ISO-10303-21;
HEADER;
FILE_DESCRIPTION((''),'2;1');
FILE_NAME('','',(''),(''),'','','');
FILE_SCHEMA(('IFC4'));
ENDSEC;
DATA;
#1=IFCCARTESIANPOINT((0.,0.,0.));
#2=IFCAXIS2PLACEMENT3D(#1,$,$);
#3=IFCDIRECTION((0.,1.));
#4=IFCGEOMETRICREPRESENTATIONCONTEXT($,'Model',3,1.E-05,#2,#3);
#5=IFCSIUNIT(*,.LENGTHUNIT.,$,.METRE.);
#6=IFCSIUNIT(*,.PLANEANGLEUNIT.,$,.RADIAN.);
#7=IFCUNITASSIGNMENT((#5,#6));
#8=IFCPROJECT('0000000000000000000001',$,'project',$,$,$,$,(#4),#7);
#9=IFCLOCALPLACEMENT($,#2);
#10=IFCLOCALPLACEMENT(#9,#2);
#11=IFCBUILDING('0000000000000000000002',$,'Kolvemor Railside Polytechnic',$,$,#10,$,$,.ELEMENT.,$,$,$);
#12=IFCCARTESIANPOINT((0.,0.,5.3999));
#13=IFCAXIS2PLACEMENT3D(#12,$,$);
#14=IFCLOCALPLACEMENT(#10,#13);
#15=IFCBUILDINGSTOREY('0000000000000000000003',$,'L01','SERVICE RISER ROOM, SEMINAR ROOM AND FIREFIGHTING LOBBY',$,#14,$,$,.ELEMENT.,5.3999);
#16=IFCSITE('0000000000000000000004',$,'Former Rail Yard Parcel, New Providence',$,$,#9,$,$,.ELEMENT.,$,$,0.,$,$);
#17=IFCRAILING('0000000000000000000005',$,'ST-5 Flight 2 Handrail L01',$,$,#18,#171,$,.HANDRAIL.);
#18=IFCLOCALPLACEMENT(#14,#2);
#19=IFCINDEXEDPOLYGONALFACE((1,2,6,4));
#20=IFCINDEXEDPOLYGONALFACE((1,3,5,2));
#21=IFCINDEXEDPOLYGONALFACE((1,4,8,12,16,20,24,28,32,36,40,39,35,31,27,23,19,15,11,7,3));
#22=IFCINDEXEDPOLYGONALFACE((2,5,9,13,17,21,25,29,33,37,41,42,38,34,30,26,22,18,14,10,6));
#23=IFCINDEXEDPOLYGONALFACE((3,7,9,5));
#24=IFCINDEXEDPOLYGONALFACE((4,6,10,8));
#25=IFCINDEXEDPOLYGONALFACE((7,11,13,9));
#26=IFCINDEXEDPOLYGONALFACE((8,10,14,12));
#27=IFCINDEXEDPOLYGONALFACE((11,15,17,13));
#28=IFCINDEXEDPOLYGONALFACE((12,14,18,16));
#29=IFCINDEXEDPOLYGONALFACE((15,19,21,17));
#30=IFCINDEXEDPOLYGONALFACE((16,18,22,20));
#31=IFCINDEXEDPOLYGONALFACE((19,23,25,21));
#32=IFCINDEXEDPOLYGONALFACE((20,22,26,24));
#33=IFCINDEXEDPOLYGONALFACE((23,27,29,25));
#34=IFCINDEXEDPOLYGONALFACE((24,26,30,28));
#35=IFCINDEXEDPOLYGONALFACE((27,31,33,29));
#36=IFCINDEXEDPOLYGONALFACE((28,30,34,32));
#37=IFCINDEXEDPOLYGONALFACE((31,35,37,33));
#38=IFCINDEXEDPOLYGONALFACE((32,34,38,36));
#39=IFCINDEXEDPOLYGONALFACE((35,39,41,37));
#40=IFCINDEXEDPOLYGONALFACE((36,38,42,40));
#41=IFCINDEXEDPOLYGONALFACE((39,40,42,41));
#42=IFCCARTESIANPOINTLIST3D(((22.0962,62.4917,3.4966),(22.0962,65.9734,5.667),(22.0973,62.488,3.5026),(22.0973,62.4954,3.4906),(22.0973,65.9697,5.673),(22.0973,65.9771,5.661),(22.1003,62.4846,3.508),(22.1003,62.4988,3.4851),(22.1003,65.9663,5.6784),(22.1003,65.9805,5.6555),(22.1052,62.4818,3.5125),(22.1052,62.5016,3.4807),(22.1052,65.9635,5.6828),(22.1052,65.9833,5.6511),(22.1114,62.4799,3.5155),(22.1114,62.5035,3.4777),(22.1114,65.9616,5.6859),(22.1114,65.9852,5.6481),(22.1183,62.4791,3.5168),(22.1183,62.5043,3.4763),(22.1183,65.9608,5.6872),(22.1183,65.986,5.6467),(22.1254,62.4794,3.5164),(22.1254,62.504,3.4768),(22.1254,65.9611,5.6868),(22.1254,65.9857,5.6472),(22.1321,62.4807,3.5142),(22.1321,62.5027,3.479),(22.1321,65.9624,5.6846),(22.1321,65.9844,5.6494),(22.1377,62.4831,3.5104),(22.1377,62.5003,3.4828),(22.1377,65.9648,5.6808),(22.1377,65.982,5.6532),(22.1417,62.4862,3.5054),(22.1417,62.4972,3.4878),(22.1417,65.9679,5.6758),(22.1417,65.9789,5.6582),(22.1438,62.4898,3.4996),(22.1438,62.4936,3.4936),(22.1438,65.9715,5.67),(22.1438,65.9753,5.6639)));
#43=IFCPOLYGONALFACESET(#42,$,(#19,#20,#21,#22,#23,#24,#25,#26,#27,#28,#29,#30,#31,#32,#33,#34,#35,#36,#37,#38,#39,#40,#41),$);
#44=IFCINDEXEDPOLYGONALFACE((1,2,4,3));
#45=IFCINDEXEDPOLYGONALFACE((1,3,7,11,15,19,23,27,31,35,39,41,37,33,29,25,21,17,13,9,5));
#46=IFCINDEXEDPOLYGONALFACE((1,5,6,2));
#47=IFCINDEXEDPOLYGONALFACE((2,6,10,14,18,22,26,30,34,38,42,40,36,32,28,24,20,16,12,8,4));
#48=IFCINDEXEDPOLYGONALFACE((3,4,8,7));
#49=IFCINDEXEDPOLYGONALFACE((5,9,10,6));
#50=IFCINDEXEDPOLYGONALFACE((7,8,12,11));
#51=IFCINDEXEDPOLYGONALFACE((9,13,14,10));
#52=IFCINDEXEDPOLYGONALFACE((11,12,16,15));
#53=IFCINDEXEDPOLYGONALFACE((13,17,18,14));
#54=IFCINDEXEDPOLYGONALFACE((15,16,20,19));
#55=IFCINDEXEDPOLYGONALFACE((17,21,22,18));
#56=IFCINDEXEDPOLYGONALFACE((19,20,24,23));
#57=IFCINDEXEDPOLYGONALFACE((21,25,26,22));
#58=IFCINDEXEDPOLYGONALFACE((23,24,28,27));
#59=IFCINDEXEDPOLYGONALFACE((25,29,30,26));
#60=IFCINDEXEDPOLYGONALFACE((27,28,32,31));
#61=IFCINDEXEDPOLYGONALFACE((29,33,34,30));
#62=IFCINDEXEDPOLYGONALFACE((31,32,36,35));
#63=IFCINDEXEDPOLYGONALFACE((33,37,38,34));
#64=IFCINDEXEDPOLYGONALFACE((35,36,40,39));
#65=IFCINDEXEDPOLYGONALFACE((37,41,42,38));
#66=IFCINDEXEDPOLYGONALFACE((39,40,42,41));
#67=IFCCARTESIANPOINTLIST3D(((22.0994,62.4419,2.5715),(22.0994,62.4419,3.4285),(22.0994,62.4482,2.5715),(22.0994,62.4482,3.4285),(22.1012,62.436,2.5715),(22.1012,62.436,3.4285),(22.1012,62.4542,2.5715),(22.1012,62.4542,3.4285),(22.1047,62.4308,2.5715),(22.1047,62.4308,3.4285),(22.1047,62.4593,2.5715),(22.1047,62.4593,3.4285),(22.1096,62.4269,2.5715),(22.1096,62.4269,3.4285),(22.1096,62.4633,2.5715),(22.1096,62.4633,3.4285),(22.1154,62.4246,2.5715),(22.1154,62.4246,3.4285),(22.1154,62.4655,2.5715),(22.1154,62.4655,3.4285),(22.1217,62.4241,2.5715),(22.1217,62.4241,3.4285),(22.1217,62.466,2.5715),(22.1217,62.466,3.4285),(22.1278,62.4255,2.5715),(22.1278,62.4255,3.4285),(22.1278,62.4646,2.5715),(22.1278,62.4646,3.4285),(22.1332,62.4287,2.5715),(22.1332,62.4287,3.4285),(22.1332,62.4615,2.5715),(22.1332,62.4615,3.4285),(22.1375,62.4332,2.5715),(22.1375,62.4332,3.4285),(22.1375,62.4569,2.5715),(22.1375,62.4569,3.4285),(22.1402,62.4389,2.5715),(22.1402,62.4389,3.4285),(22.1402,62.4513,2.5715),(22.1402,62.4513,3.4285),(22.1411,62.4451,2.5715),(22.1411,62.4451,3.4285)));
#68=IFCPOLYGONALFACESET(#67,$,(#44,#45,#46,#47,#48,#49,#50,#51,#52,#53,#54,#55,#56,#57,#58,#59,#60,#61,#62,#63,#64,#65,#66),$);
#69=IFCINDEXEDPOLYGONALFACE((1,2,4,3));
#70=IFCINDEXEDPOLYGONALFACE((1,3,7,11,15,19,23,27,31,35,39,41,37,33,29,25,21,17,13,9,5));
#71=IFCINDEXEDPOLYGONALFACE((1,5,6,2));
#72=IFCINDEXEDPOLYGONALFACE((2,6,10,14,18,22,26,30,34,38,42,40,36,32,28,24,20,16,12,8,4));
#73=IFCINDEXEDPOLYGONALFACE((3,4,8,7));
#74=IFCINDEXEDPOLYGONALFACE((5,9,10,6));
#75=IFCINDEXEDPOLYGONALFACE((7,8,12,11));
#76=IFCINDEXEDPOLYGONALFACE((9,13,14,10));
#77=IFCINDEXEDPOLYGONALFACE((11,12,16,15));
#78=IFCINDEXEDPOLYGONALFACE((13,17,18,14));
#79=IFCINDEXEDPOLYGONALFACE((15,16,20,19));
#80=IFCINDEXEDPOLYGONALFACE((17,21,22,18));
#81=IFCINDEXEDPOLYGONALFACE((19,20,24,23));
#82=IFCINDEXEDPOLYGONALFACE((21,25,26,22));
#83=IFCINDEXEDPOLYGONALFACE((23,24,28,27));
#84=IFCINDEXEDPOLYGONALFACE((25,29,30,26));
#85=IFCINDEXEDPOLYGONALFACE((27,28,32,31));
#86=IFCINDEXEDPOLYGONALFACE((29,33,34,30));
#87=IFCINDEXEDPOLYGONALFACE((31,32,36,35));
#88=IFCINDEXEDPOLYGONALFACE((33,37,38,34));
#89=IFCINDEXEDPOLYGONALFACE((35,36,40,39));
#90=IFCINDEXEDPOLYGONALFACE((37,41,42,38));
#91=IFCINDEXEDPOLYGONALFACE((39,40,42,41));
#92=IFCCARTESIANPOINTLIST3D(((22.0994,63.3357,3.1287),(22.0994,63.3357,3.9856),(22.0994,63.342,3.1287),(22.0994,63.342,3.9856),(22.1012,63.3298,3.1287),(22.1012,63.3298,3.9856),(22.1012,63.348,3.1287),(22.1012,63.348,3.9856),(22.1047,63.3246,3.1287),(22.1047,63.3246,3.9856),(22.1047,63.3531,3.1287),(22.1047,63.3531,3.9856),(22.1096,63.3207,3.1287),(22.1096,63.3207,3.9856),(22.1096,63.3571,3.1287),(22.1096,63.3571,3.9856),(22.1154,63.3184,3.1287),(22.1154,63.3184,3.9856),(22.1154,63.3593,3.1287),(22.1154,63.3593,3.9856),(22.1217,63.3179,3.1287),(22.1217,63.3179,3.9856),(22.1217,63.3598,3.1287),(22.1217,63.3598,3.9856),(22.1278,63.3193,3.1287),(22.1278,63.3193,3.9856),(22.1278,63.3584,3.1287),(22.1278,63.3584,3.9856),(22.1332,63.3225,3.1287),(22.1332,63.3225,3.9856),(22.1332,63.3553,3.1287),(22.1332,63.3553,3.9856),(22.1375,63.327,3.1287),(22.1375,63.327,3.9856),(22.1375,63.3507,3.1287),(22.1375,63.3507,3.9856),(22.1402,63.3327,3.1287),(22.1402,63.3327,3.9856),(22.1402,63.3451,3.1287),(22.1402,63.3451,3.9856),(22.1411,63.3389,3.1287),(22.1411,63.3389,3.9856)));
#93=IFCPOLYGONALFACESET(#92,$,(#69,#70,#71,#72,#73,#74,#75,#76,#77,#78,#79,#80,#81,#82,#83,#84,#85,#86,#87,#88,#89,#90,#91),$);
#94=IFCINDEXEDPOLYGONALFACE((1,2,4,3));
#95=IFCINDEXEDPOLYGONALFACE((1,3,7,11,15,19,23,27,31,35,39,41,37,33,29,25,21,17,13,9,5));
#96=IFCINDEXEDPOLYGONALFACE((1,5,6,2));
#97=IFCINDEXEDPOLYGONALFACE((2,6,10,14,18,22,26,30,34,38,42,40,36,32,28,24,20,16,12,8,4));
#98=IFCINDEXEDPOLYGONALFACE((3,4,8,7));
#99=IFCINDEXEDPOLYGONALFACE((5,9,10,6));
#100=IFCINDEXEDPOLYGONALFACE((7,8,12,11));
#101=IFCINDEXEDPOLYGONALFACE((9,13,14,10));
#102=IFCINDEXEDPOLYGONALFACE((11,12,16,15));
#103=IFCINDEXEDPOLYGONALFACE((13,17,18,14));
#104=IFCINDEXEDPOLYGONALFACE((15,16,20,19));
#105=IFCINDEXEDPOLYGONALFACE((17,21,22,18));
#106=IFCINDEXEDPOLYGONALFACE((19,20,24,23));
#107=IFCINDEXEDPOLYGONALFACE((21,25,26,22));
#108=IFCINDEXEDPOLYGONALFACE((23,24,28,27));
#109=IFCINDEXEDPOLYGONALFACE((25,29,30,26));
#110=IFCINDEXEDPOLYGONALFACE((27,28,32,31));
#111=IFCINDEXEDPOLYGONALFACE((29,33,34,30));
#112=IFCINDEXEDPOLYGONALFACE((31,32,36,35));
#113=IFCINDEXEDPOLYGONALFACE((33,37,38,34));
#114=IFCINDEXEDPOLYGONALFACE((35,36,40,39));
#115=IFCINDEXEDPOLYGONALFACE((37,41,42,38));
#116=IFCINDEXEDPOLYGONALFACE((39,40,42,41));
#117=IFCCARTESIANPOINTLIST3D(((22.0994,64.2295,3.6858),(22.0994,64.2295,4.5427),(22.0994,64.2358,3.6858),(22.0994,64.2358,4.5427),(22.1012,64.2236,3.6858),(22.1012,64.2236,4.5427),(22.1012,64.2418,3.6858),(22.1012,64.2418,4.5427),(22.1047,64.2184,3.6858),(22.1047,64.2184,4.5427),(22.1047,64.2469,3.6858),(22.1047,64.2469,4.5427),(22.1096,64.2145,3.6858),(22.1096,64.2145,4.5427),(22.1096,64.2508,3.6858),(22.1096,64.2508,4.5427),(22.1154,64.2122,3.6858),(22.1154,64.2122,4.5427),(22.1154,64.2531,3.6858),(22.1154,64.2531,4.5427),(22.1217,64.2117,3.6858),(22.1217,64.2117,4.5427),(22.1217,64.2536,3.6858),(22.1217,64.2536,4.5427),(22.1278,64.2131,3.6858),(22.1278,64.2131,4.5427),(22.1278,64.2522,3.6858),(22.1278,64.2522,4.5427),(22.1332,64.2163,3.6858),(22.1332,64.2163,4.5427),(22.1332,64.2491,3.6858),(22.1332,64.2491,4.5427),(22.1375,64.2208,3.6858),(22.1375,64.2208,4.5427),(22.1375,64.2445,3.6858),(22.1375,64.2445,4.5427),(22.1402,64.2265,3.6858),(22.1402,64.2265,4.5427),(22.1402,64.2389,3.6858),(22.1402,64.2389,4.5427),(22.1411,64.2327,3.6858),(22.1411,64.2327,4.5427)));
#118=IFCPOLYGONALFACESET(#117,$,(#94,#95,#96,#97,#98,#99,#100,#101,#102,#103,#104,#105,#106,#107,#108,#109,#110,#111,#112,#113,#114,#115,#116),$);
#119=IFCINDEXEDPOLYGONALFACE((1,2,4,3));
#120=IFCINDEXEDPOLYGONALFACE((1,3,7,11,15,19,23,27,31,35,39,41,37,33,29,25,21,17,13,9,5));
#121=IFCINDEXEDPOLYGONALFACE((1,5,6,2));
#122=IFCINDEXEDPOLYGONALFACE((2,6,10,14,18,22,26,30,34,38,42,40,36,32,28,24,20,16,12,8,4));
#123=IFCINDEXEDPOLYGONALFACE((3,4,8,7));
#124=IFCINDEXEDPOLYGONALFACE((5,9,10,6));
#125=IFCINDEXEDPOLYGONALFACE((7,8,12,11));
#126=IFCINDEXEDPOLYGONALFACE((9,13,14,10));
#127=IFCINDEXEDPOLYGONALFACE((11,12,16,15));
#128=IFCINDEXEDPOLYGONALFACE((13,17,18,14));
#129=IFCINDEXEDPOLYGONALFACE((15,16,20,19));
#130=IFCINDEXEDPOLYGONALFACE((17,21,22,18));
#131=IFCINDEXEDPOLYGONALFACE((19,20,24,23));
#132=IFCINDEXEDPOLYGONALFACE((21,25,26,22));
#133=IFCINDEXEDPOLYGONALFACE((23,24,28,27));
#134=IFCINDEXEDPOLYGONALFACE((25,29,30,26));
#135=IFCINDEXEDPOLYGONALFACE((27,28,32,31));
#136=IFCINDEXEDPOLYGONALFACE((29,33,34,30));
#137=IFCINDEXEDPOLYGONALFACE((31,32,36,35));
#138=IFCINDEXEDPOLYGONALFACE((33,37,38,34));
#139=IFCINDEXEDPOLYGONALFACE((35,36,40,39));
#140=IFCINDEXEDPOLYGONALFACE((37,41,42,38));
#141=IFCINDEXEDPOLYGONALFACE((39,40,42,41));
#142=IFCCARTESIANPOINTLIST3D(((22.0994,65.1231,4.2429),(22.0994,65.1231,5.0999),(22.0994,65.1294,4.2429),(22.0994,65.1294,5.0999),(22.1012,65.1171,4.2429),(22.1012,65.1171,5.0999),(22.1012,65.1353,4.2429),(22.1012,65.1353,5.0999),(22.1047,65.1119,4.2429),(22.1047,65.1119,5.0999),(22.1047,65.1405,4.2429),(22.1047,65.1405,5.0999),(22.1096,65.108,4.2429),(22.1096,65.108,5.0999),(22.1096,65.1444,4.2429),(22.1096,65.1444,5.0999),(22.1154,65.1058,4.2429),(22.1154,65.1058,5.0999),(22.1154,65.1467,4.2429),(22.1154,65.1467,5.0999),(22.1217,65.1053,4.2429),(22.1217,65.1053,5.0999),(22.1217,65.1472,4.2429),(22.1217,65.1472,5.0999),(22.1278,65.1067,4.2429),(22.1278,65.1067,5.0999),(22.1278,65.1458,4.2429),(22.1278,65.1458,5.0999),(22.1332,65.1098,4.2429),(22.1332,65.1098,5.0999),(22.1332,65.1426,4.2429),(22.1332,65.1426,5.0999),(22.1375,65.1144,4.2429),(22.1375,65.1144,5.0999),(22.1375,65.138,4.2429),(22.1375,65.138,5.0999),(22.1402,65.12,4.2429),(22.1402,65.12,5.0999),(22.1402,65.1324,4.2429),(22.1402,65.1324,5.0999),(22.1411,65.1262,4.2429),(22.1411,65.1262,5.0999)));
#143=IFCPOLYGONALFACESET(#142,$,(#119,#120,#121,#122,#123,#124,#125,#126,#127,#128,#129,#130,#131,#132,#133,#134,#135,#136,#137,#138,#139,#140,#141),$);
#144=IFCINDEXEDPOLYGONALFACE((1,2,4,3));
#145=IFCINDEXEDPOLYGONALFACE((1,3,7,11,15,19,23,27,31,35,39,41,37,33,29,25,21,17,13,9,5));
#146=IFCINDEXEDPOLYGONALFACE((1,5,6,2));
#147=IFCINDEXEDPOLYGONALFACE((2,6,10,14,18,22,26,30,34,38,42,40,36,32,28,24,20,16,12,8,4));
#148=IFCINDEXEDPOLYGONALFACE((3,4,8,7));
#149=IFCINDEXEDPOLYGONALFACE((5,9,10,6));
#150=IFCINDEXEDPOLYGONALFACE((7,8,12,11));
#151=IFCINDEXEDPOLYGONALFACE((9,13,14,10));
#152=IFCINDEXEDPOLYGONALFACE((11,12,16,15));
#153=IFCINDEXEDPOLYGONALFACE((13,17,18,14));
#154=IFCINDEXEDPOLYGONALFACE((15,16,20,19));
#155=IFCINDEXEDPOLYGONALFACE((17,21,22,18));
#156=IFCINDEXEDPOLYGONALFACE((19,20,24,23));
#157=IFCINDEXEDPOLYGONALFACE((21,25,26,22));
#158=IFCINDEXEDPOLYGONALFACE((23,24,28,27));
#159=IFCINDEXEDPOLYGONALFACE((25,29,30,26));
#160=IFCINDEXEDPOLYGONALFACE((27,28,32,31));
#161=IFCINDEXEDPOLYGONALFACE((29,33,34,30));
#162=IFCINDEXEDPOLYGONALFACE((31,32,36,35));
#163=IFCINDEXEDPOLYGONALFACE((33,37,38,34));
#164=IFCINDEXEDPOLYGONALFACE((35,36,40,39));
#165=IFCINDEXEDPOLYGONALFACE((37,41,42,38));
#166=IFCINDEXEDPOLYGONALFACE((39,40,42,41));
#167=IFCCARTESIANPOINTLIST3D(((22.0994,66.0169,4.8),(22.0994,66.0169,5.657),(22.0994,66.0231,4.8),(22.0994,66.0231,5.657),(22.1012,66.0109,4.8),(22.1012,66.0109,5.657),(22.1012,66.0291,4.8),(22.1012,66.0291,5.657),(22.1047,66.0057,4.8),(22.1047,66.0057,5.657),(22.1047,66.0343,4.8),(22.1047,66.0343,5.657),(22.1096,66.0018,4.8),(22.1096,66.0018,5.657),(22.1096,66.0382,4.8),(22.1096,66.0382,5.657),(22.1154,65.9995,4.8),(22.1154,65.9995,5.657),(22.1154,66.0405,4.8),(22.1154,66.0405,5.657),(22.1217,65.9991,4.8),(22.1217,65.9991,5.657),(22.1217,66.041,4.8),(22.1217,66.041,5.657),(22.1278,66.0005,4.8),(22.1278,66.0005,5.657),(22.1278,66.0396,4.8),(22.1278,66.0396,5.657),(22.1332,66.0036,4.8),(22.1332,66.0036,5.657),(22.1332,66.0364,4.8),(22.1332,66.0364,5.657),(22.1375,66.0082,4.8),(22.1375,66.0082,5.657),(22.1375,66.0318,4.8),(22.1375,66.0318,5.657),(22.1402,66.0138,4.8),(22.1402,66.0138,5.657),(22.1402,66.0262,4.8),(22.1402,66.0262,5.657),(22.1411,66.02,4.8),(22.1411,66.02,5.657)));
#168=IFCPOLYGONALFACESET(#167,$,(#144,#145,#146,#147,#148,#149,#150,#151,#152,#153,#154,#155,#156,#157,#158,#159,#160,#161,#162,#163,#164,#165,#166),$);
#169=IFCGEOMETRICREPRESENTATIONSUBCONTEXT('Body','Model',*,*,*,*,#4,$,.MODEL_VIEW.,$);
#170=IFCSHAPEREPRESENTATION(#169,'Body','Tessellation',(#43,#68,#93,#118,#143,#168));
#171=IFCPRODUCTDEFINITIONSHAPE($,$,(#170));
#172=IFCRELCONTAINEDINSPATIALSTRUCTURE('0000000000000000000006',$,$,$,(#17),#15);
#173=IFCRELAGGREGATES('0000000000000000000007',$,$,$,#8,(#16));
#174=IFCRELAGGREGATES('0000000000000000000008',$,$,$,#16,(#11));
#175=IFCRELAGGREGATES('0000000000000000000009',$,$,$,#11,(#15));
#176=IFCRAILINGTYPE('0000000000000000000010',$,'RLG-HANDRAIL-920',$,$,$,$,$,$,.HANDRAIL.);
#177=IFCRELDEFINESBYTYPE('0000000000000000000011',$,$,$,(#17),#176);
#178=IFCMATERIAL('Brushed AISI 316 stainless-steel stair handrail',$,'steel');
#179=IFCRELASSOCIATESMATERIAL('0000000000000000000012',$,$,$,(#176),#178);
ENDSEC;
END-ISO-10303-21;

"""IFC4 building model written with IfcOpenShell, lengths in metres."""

from ifc_helpers import new_model, si_unit, direction, frame, origin, origin_2d, place, context, subcontext, project, spatial, circle, extrude, material, type_object, element, save


model = new_model("IFC4")

# Units and contexts
model_context = context("Model", 3, precision=1e-05, world=origin(), true_north=direction((0.0, 1.0)))
body_context = subcontext(model_context, "Body", "Model", "MODEL_VIEW")
ifc_project = project(units=[si_unit("LENGTHUNIT", "METRE"), si_unit("PLANEANGLEUNIT", "RADIAN")], contexts=[model_context])

# Site, building, storey
site_placement = place(None, origin())
site = spatial("IfcSite", under=ifc_project, at=site_placement, Name="Former Rail Yard Parcel, New Providence", CompositionType="ELEMENT", RefElevation=0.0)
building_placement = place(site_placement, origin())
building = spatial("IfcBuilding", under=site, at=building_placement, Name="Kolvemor Railside Polytechnic", CompositionType="ELEMENT")
storey_placement = place(building_placement, frame((0.0, 0.0, 5.3999)))
storey = spatial("IfcBuildingStorey", under=building, at=storey_placement, Name="L01", Description="SERVICE RISER ROOM, SEMINAR ROOM AND FIREFIGHTING LOBBY", CompositionType="ELEMENT", Elevation=5.3999)

# Railing
ifc_material_1 = material(Name="Brushed AISI 316 stainless-steel stair handrail", Category="steel")
railing_type_1 = type_object("IfcRailingType", Name="RLG-HANDRAIL-920", PredefinedType="HANDRAIL", material=ifc_material_1)
railing_1_placement = place(storey_placement, frame((22.1201, 62.4451, 2.5715)))
element("IfcRailing", 1, at=railing_1_placement, inside=storey, type_object=railing_type_1, Name="ST-5 Flight 2 Handrail L01", PredefinedType="HANDRAIL", context=body_context, shape_type="SweptSolid", body=[
    extrude(circle(Radius=0.0239, at=origin_2d()), frame((0.0, 0.0466, 0.925), z_axis=(0.0, 0.84862, 0.529004), x_axis=(-1.0, 0.0, 0.0)), (0.0, 0.0, 1.0), 4.1028),
    extrude(circle(Radius=0.021, at=origin_2d()), origin(), (0.0, 0.0, 1.0), 0.8569),
    extrude(circle(Radius=0.021, at=origin_2d()), frame((0.0, 0.8938, 0.5571)), (0.0, 0.0, 1.0), 0.8569),
    extrude(circle(Radius=0.021, at=origin_2d()), frame((0.0, 1.7876, 1.1143)), (0.0, 0.0, 1.0), 0.8569),
    extrude(circle(Radius=0.021, at=origin_2d()), frame((0.0, 2.6812, 1.6714)), (0.0, 0.0, 1.0), 0.8569),
    extrude(circle(Radius=0.021, at=origin_2d()), frame((0.0, 3.575, 2.2285)), (0.0, 0.0, 1.0), 0.8569),
])

save(model, "model.ifc")
